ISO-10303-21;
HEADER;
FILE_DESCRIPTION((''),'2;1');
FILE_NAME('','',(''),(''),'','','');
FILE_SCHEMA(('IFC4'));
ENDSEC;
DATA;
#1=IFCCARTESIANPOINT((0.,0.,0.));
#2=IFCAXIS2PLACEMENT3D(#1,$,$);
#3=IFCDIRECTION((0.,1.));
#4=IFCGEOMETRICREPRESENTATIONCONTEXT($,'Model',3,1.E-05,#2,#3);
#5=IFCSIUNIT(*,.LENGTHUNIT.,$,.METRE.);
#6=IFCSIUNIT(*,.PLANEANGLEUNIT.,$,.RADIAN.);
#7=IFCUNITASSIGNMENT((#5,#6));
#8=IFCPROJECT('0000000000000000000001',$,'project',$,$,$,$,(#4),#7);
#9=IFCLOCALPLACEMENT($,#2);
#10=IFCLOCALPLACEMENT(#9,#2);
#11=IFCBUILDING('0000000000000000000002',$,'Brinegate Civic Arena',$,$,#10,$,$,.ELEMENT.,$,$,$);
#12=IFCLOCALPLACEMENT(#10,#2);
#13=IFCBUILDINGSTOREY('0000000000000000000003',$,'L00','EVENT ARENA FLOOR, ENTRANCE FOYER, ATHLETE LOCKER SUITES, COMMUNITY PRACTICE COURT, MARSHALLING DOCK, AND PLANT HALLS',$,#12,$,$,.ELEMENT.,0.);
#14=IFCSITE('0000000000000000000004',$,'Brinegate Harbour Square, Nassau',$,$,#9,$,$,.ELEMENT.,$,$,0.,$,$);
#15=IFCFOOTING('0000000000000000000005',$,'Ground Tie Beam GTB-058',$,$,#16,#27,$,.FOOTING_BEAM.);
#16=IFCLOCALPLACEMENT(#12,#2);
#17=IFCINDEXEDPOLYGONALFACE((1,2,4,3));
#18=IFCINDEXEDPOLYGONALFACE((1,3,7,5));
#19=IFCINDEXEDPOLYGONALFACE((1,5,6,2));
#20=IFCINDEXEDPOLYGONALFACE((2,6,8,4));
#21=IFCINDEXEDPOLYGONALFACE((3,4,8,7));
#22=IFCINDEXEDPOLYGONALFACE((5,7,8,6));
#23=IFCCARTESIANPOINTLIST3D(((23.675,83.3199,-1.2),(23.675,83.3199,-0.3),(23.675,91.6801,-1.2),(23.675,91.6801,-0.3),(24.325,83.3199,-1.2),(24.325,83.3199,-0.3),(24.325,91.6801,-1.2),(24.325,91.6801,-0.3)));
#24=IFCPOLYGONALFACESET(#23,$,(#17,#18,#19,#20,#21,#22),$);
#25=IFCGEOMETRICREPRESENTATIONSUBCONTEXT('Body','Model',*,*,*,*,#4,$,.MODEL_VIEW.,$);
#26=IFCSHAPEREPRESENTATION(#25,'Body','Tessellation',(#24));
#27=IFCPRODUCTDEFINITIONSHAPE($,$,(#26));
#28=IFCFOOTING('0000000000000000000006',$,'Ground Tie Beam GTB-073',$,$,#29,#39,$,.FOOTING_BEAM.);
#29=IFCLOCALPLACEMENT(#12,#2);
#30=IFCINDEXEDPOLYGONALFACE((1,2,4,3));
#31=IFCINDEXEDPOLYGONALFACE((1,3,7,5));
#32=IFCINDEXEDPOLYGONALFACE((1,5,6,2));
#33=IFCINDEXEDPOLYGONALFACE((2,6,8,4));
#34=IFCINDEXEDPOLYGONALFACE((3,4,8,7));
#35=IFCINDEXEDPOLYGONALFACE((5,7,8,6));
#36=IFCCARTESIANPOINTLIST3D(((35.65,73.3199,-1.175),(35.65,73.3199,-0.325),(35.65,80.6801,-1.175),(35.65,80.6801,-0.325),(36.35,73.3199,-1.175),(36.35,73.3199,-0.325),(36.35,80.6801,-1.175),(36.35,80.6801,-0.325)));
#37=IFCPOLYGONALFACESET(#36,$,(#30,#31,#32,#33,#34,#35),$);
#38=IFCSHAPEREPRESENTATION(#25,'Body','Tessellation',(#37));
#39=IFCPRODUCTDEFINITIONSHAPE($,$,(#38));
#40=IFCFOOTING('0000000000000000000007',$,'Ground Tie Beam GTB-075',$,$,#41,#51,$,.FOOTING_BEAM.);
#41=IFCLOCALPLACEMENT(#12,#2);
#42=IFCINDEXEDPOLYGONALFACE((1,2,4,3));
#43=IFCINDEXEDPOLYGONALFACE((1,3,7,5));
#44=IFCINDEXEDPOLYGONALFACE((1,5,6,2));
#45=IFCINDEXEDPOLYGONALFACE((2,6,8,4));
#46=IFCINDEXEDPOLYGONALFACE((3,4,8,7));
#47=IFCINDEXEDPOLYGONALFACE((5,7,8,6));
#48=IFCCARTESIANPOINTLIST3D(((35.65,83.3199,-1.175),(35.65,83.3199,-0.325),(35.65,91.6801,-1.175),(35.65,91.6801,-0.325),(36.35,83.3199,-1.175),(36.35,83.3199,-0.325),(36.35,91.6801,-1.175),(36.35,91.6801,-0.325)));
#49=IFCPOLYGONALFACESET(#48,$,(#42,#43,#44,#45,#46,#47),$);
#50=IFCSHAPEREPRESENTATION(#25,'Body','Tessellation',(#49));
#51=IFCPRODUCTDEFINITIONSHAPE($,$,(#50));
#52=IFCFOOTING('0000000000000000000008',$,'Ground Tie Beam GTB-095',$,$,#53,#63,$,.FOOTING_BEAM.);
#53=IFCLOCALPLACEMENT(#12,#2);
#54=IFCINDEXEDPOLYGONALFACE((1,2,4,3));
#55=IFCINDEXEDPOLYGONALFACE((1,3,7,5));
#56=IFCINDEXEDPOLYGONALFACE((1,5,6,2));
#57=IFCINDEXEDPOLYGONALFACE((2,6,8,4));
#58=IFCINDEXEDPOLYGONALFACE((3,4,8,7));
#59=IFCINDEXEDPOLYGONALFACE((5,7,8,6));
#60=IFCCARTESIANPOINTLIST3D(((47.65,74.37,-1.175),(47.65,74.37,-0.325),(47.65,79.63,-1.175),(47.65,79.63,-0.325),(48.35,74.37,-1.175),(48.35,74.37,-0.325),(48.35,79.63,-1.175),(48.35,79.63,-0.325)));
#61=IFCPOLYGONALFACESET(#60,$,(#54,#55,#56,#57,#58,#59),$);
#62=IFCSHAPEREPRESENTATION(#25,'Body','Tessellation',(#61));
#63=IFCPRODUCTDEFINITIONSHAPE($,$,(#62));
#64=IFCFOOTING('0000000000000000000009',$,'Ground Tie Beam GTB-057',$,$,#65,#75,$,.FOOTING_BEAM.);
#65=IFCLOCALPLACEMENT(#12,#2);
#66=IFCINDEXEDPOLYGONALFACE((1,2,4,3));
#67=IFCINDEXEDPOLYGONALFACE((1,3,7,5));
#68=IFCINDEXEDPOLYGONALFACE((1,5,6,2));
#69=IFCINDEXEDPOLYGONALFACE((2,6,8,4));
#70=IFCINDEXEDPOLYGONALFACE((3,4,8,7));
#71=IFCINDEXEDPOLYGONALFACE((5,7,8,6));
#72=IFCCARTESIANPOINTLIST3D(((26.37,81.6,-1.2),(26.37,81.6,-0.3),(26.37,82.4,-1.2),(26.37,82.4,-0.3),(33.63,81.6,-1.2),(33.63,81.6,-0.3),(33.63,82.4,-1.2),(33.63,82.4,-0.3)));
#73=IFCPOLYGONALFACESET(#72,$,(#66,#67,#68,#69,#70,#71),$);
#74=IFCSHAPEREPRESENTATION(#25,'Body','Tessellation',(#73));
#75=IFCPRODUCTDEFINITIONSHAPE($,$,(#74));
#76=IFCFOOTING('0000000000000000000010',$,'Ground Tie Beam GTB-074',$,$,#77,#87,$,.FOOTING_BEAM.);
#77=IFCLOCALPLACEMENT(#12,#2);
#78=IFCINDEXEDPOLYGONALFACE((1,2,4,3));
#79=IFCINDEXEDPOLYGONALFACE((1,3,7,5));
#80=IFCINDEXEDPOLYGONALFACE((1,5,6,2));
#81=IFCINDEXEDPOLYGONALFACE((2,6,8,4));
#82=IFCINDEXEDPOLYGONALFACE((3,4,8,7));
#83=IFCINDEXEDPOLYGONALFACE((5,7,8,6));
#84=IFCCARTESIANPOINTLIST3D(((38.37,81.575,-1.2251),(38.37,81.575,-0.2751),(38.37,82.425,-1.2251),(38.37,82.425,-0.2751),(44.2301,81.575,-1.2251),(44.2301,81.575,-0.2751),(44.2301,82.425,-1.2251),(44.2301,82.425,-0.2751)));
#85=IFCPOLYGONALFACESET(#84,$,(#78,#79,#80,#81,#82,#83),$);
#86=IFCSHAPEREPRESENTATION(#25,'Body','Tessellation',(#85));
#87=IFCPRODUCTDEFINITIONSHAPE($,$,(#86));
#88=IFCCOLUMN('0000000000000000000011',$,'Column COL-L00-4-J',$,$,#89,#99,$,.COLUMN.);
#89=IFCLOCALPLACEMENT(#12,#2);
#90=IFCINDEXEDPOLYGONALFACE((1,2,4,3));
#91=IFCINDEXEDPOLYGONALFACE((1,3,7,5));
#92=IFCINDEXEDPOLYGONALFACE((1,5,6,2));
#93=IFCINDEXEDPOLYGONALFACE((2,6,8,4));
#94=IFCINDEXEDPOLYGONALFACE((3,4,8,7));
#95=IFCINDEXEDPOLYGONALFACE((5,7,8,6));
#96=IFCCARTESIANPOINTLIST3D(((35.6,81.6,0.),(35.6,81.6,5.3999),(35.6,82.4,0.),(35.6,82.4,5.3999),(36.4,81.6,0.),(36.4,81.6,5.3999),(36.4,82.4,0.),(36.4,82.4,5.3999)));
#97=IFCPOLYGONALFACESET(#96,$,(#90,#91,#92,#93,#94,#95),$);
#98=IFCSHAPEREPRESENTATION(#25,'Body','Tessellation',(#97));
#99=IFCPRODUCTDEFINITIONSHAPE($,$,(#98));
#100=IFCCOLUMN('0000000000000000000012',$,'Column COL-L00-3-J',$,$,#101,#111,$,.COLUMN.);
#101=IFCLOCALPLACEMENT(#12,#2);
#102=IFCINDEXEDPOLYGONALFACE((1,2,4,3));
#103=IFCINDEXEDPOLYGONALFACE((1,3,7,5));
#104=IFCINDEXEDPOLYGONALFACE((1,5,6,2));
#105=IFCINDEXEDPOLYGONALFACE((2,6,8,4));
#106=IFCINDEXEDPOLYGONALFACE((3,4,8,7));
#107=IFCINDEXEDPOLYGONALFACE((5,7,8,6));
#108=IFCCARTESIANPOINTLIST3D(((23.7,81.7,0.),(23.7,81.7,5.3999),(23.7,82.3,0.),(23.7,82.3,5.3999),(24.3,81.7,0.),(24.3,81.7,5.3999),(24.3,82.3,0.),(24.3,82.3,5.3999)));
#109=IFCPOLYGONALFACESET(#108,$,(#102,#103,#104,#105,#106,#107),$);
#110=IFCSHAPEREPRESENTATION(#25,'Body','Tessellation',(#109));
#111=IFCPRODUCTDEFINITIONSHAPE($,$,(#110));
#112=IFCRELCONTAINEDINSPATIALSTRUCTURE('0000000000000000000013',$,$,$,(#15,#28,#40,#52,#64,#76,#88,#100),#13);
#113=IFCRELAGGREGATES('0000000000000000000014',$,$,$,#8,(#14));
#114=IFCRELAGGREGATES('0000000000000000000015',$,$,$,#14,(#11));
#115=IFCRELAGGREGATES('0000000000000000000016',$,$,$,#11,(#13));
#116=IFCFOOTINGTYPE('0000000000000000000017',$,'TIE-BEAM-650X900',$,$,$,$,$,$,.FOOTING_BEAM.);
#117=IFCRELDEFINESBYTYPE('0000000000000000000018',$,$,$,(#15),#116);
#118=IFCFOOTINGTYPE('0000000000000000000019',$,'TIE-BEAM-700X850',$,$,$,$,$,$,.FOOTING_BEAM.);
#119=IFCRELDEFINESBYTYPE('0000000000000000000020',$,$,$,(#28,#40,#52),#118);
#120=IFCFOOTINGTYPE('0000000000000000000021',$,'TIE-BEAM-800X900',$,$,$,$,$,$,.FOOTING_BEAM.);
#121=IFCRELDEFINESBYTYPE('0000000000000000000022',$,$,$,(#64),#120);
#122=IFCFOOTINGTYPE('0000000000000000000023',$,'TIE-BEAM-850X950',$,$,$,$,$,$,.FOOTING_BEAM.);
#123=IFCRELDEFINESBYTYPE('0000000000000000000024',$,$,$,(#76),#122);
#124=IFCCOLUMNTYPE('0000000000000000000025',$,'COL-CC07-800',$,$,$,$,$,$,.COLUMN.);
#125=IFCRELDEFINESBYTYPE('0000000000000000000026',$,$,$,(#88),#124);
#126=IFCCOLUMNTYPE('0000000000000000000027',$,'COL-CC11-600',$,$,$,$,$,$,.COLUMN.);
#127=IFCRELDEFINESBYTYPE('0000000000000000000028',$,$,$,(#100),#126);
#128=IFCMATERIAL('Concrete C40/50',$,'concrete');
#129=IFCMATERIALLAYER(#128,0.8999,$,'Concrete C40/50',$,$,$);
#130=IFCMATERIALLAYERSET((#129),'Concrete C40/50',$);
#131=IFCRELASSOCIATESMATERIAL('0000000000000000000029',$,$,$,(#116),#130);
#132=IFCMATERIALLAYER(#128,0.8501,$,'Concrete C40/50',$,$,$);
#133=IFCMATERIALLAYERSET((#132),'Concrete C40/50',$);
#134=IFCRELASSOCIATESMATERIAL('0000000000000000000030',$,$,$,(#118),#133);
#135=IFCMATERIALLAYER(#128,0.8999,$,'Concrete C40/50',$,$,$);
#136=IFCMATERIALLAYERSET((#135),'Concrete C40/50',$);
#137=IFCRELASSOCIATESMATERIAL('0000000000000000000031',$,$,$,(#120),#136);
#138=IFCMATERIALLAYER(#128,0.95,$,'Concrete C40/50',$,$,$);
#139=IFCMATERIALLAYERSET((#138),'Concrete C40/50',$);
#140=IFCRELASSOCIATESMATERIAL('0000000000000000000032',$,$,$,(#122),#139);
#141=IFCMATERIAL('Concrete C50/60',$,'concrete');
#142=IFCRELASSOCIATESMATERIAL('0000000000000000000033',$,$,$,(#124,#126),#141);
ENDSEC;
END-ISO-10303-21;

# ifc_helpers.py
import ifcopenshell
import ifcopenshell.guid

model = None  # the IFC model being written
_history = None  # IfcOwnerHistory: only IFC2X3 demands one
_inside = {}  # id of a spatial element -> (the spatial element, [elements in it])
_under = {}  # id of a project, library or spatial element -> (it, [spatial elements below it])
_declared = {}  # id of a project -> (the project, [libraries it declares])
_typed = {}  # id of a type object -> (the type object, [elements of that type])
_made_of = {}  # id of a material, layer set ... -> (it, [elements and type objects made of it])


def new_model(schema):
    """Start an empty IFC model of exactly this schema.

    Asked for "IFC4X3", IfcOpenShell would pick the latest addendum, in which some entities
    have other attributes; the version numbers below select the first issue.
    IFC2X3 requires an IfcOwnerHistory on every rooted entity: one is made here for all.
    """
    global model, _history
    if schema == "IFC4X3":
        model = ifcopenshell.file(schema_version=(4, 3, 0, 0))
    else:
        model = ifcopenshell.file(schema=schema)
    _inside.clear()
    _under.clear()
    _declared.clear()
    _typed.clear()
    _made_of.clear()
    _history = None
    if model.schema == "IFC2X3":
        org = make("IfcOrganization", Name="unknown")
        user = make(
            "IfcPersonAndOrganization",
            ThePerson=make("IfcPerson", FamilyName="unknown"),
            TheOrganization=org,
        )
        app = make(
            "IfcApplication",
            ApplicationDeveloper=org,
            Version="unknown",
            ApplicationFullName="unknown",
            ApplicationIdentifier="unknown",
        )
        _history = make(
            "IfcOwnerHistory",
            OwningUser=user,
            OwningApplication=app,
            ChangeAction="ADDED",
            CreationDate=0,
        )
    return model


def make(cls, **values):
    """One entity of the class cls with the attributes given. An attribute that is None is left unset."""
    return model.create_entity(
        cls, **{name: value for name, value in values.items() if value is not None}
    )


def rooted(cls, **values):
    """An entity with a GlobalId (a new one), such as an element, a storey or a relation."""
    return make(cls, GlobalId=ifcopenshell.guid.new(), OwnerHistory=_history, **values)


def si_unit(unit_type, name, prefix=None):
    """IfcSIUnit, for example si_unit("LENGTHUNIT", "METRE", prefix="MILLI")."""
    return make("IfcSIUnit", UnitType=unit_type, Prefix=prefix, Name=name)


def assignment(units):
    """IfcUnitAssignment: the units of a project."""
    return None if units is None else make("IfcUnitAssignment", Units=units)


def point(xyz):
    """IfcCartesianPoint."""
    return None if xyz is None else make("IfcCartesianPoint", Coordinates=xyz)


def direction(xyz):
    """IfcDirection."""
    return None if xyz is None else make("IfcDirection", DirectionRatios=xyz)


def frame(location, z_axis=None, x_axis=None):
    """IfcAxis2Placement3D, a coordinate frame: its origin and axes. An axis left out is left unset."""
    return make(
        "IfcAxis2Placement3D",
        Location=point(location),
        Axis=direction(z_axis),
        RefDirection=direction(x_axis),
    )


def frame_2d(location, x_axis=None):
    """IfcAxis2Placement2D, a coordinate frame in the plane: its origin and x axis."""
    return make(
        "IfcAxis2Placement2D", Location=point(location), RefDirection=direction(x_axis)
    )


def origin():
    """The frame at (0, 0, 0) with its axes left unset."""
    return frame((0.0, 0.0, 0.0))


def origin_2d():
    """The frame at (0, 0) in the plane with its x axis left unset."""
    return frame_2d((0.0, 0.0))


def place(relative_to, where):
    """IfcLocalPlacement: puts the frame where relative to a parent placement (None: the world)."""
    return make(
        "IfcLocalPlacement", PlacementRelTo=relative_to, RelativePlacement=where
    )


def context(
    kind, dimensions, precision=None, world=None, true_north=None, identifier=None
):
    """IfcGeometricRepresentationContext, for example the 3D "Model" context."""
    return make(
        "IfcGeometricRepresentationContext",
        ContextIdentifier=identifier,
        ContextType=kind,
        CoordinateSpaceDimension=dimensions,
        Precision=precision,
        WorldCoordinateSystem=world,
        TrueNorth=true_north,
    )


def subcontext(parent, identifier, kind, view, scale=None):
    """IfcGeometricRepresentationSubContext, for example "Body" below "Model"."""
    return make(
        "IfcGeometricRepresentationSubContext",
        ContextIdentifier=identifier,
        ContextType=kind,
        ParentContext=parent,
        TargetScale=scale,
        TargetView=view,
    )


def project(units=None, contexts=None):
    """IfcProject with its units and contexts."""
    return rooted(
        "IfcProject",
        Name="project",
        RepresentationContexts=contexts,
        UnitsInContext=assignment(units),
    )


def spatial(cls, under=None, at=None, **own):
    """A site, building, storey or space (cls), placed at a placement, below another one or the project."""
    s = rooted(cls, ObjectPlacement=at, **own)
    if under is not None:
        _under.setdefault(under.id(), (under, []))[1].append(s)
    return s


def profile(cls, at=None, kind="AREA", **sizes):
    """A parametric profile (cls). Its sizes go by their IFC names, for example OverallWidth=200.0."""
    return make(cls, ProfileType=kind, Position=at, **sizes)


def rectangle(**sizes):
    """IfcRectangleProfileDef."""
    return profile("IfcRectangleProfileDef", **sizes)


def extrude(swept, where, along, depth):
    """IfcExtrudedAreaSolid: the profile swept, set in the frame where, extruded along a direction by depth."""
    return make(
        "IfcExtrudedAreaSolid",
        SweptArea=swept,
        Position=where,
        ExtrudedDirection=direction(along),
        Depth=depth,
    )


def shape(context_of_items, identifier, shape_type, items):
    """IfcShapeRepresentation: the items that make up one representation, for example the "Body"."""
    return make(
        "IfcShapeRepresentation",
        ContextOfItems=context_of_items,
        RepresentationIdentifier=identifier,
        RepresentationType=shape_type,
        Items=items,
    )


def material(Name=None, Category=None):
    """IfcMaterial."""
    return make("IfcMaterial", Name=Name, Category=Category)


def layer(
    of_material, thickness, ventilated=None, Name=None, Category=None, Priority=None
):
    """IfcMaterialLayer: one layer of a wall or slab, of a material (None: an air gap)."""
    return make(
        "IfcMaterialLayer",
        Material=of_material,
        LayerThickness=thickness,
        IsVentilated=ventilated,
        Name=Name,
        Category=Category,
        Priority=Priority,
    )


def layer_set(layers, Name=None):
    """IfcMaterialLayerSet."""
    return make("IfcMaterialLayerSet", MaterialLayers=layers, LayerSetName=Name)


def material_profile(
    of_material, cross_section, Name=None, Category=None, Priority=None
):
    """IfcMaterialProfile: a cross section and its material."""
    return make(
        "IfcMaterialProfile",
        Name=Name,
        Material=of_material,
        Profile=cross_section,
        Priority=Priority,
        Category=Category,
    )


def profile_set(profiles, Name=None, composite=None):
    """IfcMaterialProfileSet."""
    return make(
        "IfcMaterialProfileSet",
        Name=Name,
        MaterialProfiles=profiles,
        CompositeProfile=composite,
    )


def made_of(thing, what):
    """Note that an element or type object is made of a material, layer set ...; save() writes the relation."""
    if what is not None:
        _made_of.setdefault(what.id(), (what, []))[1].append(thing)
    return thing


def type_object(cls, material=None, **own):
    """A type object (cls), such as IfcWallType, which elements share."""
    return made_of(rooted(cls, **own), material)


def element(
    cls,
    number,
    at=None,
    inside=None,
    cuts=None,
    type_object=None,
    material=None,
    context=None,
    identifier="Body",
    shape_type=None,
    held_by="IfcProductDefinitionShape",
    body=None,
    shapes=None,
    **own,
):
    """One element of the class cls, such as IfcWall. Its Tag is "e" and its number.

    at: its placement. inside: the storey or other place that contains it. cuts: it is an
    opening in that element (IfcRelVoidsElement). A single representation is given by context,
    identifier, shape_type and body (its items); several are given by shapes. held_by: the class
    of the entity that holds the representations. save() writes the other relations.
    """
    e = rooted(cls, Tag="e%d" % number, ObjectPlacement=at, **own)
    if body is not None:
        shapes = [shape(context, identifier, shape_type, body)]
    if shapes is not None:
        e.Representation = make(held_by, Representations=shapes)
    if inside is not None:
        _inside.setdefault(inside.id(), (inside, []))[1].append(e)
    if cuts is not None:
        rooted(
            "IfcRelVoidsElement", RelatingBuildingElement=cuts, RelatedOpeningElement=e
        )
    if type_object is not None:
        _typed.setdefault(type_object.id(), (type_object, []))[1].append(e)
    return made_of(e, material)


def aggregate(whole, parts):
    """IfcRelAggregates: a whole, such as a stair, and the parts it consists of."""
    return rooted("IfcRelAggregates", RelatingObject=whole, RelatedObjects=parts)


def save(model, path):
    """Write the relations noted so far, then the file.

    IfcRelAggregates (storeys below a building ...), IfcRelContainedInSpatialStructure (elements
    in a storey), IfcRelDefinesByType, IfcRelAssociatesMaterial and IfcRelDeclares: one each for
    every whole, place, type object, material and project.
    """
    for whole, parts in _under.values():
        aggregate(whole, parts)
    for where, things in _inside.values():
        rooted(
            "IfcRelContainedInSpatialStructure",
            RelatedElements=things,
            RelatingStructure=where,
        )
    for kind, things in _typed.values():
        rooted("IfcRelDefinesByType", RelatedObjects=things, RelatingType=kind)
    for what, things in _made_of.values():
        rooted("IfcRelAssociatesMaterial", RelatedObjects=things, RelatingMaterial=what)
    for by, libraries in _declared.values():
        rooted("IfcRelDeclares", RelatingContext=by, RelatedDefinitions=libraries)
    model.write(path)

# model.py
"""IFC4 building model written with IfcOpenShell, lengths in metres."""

from ifc_helpers import new_model, si_unit, direction, frame, origin, origin_2d, place, context, subcontext, project, spatial, rectangle, extrude, material, layer, layer_set, material_profile, profile_set, type_object, element, save


model = new_model("IFC4")

# Units and contexts
model_context = context("Model", 3, precision=1e-05, world=origin(), true_north=direction((0.0, 1.0)))
body_context = subcontext(model_context, "Body", "Model", "MODEL_VIEW")
ifc_project = project(units=[si_unit("LENGTHUNIT", "METRE"), si_unit("PLANEANGLEUNIT", "RADIAN")], contexts=[model_context])

# Site, building, storey
site_placement = place(None, origin())
site = spatial("IfcSite", under=ifc_project, at=site_placement, Name="Brinegate Harbour Square, Nassau", CompositionType="ELEMENT", RefElevation=0.0)
building_placement = place(site_placement, origin())
building = spatial("IfcBuilding", under=site, at=building_placement, Name="Brinegate Civic Arena", CompositionType="ELEMENT")
storey_placement = place(building_placement, origin())
storey = spatial("IfcBuildingStorey", under=building, at=storey_placement, Name="L00", Description="EVENT ARENA FLOOR, ENTRANCE FOYER, ATHLETE LOCKER SUITES, COMMUNITY PRACTICE COURT, MARSHALLING DOCK, AND PLANT HALLS", CompositionType="ELEMENT", Elevation=0.0)

# Shared definitions
ifc_material_1 = material(Name="Concrete C40/50", Category="concrete")

# Footings
ifc_layer_1 = layer(ifc_material_1, 0.8999, Name="Concrete C40/50")
ifc_layer_set_1 = layer_set([ifc_layer_1], Name="Concrete C40/50")
footing_type_1 = type_object("IfcFootingType", Name="TIE-BEAM-650X900", PredefinedType="FOOTING_BEAM", material=ifc_layer_set_1)
footing_1_placement = place(storey_placement, frame((24.0, 87.5, -1.2), z_axis=(0.0, 0.0, 1.0), x_axis=(0.0, 1.0, 0.0)))
element("IfcFooting", 1, at=footing_1_placement, inside=storey, type_object=footing_type_1, Name="Ground Tie Beam GTB-058", PredefinedType="FOOTING_BEAM", context=body_context, shape_type="SweptSolid", body=[
    extrude(rectangle(XDim=8.3601, YDim=0.6499, at=origin_2d()), origin(), (0.0, 0.0, 1.0), 0.8999),
])
ifc_layer_2 = layer(ifc_material_1, 0.8501, Name="Concrete C40/50")
ifc_layer_set_2 = layer_set([ifc_layer_2], Name="Concrete C40/50")
footing_type_2 = type_object("IfcFootingType", Name="TIE-BEAM-700X850", PredefinedType="FOOTING_BEAM", material=ifc_layer_set_2)
footing_2_placement = place(storey_placement, frame((36.0, 77.0, -1.175), z_axis=(0.0, 0.0, 1.0), x_axis=(0.0, 1.0, 0.0)))
element("IfcFooting", 2, at=footing_2_placement, inside=storey, type_object=footing_type_2, Name="Ground Tie Beam GTB-073", PredefinedType="FOOTING_BEAM", context=body_context, shape_type="SweptSolid", body=[
    extrude(rectangle(XDim=7.3601, YDim=0.7, at=origin_2d()), origin(), (0.0, 0.0, 1.0), 0.8501),
])
footing_3_placement = place(storey_placement, frame((36.0, 87.5, -1.175), z_axis=(0.0, 0.0, 1.0), x_axis=(0.0, 1.0, 0.0)))
element("IfcFooting", 3, at=footing_3_placement, inside=storey, type_object=footing_type_2, Name="Ground Tie Beam GTB-075", PredefinedType="FOOTING_BEAM", context=body_context, shape_type="SweptSolid", body=[
    extrude(rectangle(XDim=8.3601, YDim=0.7, at=origin_2d()), origin(), (0.0, 0.0, 1.0), 0.8501),
])
footing_4_placement = place(storey_placement, frame((48.0, 77.0, -1.175), z_axis=(0.0, 0.0, 1.0), x_axis=(0.0, 1.0, 0.0)))
element("IfcFooting", 4, at=footing_4_placement, inside=storey, type_object=footing_type_2, Name="Ground Tie Beam GTB-095", PredefinedType="FOOTING_BEAM", context=body_context, shape_type="SweptSolid", body=[
    extrude(rectangle(XDim=5.26, YDim=0.7, at=origin_2d()), origin(), (0.0, 0.0, 1.0), 0.8501),
])
ifc_layer_3 = layer(ifc_material_1, 0.8999, Name="Concrete C40/50")
ifc_layer_set_3 = layer_set([ifc_layer_3], Name="Concrete C40/50")
footing_type_3 = type_object("IfcFootingType", Name="TIE-BEAM-800X900", PredefinedType="FOOTING_BEAM", material=ifc_layer_set_3)
footing_5_placement = place(storey_placement, frame((30.0, 82.0, -1.2), z_axis=(0.0, 0.0, 1.0), x_axis=(1.0, 0.0, 0.0)))
element("IfcFooting", 5, at=footing_5_placement, inside=storey, type_object=footing_type_3, Name="Ground Tie Beam GTB-057", PredefinedType="FOOTING_BEAM", context=body_context, shape_type="SweptSolid", body=[
    extrude(rectangle(XDim=7.26, YDim=0.8, at=origin_2d()), origin(), (0.0, 0.0, 1.0), 0.8999),
])
ifc_layer_4 = layer(ifc_material_1, 0.95, Name="Concrete C40/50")
ifc_layer_set_4 = layer_set([ifc_layer_4], Name="Concrete C40/50")
footing_type_4 = type_object("IfcFootingType", Name="TIE-BEAM-850X950", PredefinedType="FOOTING_BEAM", material=ifc_layer_set_4)
footing_6_placement = place(storey_placement, frame((41.3, 82.0, -1.2251), z_axis=(0.0, 0.0, 1.0), x_axis=(1.0, 0.0, 0.0)))
element("IfcFooting", 6, at=footing_6_placement, inside=storey, type_object=footing_type_4, Name="Ground Tie Beam GTB-074", PredefinedType="FOOTING_BEAM", context=body_context, shape_type="SweptSolid", body=[
    extrude(rectangle(XDim=5.8601, YDim=0.8501, at=origin_2d()), origin(), (0.0, 0.0, 1.0), 0.95),
])

# Columns
ifc_material_2 = material(Name="Concrete C50/60", Category="concrete")
ifc_material_profile_1 = material_profile(ifc_material_2, rectangle(XDim=0.8, YDim=0.8, at=origin_2d()), Name="RC800X800")
ifc_profile_set_1 = profile_set([ifc_material_profile_1], Name="Concrete C50/60")
column_type_1 = type_object("IfcColumnType", Name="COL-CC07-800", PredefinedType="COLUMN", material=ifc_profile_set_1)
column_1_placement = place(storey_placement, frame((36.0, 82.0, 0.0), z_axis=(0.0, 0.0, 1.0), x_axis=(1.0, 0.0, 0.0)))
element("IfcColumn", 7, at=column_1_placement, inside=storey, type_object=column_type_1, Name="Column COL-L00-4-J", PredefinedType="COLUMN", context=body_context, shape_type="SweptSolid", body=[
    extrude(rectangle(XDim=0.8, YDim=0.8, at=origin_2d()), origin(), (0.0, 0.0, 1.0), 5.3999),
])
ifc_material_profile_2 = material_profile(ifc_material_2, rectangle(XDim=0.6001, YDim=0.6001, at=origin_2d()), Name="RC600X600")
ifc_profile_set_2 = profile_set([ifc_material_profile_2], Name="Concrete C50/60")
column_type_2 = type_object("IfcColumnType", Name="COL-CC11-600", PredefinedType="COLUMN", material=ifc_profile_set_2)
column_2_placement = place(storey_placement, frame((24.0, 82.0, 0.0), z_axis=(0.0, 0.0, 1.0), x_axis=(1.0, 0.0, 0.0)))
element("IfcColumn", 8, at=column_2_placement, inside=storey, type_object=column_type_2, Name="Column COL-L00-3-J", PredefinedType="COLUMN", context=body_context, shape_type="SweptSolid", body=[
    extrude(rectangle(XDim=0.6001, YDim=0.6001, at=origin_2d()), origin(), (0.0, 0.0, 1.0), 5.3999),
])

save(model, "model.ifc")
